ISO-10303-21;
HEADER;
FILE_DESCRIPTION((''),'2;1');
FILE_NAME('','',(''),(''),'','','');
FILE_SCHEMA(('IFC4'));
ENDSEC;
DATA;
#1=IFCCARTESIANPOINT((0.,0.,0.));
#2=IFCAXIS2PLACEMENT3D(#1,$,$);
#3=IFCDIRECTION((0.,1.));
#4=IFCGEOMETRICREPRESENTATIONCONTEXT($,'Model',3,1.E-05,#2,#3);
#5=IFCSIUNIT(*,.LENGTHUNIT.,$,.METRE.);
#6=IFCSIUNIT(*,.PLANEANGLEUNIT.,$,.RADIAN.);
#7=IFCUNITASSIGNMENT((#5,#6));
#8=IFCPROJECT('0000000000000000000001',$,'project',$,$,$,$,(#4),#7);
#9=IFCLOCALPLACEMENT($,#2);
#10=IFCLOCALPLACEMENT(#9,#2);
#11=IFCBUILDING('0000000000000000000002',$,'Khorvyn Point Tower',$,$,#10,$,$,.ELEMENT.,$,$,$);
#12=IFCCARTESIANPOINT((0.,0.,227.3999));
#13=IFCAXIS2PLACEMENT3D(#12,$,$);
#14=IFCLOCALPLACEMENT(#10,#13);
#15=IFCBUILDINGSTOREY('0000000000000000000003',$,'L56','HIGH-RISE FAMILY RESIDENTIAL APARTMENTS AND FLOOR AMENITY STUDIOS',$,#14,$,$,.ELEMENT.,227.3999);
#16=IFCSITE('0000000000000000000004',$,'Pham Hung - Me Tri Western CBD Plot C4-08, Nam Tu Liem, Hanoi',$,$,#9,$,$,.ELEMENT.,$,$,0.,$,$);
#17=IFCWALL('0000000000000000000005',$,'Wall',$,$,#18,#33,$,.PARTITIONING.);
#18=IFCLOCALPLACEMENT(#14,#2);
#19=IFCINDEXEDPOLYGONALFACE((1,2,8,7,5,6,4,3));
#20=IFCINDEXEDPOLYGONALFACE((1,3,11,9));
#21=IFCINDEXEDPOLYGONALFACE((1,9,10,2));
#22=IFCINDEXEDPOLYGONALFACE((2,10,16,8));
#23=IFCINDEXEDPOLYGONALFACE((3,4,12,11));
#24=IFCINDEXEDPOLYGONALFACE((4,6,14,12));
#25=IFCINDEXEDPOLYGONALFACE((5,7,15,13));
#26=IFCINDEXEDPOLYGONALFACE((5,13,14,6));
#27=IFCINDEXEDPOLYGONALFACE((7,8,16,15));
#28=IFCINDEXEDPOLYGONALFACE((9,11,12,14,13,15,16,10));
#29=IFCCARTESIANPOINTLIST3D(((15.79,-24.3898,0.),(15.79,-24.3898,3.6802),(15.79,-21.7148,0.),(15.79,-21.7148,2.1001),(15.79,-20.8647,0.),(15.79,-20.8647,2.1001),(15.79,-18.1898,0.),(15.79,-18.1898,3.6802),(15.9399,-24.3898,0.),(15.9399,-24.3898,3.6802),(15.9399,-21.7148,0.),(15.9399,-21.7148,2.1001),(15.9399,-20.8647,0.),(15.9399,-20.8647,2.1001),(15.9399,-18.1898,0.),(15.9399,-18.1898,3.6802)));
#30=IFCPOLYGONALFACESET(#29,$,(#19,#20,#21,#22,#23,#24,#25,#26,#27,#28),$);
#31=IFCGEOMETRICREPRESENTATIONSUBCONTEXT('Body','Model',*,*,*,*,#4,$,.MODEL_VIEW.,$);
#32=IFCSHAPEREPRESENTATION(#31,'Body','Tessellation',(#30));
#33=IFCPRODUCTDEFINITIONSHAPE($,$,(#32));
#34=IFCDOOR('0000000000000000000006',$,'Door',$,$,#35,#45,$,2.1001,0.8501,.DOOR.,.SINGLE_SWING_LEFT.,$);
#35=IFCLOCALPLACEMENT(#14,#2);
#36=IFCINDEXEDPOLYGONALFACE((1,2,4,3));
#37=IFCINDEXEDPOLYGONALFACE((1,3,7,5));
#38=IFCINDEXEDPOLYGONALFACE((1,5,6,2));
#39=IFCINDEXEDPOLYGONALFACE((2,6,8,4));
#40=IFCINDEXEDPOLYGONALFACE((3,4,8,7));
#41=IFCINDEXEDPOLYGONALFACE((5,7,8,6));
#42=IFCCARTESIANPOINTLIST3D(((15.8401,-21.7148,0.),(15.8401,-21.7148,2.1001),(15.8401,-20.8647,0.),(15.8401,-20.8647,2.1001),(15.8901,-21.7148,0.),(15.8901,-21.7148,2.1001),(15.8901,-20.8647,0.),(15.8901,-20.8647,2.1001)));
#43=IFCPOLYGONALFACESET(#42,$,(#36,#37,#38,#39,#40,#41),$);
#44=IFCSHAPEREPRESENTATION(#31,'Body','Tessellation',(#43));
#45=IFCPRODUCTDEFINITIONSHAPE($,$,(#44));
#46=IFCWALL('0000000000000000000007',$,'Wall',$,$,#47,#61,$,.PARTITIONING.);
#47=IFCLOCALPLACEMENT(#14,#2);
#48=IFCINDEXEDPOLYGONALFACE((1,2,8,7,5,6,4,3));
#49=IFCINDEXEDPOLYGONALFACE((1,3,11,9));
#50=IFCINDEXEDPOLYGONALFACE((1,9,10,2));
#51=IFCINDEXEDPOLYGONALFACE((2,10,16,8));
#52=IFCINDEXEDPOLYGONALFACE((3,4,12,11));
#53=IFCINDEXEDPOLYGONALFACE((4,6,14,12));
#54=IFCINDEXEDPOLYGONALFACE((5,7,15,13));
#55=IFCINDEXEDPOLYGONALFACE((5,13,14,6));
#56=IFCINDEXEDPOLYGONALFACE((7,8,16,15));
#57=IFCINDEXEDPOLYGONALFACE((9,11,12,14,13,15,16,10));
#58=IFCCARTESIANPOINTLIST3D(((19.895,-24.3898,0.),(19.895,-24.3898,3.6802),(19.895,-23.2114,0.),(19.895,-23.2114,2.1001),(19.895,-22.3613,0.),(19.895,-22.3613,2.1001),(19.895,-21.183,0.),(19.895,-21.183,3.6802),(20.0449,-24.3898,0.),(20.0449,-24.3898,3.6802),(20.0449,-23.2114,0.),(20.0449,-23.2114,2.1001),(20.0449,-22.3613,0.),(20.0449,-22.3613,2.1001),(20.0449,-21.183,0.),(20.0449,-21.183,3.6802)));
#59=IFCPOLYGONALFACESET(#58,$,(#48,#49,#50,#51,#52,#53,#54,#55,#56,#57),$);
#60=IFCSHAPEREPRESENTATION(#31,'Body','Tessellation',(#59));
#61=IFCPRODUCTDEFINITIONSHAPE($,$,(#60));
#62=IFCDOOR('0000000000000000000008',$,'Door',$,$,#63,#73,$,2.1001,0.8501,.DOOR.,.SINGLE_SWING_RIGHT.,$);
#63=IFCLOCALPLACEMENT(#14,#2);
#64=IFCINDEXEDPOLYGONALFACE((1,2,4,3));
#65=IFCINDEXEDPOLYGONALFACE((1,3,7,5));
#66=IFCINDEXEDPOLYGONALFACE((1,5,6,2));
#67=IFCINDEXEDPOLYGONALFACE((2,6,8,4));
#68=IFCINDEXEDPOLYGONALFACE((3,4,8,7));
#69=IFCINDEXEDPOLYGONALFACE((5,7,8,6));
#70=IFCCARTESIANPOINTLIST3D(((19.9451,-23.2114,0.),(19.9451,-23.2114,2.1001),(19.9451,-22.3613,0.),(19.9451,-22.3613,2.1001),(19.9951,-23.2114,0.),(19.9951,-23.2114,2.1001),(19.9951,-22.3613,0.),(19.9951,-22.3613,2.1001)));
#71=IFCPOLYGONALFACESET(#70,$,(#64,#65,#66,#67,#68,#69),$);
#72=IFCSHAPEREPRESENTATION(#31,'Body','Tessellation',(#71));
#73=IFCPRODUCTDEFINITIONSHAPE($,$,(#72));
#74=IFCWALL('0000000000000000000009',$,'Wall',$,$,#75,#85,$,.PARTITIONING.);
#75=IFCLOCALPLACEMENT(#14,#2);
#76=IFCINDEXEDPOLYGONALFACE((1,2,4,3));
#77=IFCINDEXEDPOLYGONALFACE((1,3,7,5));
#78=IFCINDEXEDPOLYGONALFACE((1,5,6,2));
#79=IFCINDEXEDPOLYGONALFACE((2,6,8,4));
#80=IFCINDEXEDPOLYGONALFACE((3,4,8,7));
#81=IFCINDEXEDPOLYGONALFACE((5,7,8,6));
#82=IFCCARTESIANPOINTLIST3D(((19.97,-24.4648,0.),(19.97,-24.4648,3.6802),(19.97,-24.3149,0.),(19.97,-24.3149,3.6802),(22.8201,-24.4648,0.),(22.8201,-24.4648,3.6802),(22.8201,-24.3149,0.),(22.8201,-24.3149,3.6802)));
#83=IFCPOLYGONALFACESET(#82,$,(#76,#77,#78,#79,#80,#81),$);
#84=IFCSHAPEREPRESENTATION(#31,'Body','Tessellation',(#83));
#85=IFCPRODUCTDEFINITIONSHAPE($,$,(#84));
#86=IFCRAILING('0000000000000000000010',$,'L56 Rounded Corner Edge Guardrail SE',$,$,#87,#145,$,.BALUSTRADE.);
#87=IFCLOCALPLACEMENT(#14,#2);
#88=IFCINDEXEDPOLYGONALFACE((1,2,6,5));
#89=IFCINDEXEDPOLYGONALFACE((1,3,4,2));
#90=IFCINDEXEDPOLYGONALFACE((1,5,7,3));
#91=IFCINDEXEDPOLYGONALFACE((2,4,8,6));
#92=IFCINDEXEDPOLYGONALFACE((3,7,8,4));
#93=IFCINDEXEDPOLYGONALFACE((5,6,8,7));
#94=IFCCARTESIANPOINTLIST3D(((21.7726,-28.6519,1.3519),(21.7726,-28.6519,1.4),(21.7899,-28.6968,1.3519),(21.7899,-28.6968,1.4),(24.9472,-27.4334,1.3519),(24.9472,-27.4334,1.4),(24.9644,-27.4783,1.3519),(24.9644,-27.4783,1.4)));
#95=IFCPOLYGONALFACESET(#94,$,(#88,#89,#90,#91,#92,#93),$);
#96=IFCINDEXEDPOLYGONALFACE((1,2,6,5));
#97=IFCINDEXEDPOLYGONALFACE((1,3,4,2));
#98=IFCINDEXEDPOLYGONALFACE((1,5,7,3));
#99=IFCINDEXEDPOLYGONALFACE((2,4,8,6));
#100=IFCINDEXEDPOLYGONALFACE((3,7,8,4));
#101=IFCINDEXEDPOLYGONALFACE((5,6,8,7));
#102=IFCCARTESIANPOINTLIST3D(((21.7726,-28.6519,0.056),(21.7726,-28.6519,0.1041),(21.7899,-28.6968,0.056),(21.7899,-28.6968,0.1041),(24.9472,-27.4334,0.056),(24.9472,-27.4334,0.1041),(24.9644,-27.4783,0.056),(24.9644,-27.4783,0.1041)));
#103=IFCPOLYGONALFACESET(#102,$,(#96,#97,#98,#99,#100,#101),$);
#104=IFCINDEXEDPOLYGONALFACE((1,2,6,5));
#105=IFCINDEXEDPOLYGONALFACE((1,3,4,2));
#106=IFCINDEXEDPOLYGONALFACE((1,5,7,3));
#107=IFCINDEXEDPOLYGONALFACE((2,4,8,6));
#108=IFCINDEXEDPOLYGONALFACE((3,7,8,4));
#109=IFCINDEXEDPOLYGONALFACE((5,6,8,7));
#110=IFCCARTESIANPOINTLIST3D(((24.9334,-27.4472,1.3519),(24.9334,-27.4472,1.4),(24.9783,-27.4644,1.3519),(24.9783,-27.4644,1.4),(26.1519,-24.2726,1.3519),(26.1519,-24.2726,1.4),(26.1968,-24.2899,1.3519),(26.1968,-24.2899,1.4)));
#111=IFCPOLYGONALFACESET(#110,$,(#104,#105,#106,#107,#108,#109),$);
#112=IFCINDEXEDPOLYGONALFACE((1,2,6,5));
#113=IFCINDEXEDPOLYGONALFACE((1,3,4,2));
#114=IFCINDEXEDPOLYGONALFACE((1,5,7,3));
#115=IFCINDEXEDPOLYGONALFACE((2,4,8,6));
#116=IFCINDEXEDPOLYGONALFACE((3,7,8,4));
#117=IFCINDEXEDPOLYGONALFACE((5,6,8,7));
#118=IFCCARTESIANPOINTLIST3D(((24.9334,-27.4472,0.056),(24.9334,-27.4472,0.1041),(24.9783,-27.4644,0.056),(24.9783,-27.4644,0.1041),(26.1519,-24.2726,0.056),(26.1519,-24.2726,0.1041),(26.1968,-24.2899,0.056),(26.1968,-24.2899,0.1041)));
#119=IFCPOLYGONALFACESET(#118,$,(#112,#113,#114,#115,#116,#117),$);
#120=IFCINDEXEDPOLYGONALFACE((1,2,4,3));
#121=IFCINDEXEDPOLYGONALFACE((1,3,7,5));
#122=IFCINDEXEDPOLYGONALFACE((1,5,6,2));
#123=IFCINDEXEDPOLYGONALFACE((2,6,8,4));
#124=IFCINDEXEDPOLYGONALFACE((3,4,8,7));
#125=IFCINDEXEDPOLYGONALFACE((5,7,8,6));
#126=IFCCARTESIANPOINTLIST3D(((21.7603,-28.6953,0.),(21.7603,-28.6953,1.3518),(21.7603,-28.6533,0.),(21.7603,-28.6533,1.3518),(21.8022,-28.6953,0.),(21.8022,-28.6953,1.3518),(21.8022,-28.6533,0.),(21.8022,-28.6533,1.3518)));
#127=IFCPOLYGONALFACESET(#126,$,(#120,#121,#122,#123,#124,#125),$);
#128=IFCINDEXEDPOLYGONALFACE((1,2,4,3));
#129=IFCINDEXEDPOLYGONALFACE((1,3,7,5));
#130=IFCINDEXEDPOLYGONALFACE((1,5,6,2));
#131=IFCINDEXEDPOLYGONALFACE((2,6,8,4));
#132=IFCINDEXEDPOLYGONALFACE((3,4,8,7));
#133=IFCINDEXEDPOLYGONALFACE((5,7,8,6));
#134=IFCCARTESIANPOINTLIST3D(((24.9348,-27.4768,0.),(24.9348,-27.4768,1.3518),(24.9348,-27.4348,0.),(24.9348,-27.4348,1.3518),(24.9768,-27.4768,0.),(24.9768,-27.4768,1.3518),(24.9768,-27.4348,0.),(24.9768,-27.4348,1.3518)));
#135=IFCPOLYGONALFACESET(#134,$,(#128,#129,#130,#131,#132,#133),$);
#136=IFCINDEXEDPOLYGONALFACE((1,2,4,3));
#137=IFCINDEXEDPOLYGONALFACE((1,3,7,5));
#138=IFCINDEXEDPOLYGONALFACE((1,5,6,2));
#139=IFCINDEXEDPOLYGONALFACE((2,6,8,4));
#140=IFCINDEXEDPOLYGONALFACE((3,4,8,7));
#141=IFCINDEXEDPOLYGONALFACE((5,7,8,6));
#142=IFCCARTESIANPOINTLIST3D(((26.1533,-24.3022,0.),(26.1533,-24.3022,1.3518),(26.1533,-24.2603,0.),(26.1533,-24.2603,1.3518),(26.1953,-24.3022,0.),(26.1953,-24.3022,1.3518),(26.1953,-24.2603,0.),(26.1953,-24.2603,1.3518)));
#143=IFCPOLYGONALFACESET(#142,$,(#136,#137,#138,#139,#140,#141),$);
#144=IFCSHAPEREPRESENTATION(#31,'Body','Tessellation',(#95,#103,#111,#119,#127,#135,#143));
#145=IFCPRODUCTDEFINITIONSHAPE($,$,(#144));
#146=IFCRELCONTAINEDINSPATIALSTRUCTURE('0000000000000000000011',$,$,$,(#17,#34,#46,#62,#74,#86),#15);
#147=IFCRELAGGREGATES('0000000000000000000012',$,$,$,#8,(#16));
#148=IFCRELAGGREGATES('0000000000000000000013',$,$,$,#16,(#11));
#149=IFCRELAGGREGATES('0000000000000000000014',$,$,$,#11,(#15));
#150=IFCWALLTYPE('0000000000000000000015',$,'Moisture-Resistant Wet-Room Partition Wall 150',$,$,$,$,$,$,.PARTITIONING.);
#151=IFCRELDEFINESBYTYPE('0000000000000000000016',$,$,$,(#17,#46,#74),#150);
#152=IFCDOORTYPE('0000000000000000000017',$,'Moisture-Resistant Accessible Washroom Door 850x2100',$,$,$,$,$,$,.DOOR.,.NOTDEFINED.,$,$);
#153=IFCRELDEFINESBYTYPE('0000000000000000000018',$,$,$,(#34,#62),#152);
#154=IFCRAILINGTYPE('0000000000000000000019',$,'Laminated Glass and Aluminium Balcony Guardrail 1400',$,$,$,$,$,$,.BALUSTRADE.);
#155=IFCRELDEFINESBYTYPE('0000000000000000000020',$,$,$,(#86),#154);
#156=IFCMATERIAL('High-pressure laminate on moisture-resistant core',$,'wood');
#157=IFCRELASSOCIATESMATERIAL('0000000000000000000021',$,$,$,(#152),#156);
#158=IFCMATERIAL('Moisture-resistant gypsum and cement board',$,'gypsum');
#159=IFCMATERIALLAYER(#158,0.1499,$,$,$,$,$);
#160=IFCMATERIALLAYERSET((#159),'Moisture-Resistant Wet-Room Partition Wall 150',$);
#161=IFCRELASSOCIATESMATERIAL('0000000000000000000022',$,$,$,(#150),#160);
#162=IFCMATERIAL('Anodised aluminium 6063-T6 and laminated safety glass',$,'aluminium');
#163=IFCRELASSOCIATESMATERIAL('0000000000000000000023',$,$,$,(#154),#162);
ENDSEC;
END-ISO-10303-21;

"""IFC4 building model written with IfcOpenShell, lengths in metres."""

from ifc_helpers import new_model, si_unit, direction, frame, frame_2d, origin, origin_2d, place, context, subcontext, project, spatial, rectangle, extrude, material, layer, layer_set, type_object, element, fill, save


model = new_model("IFC4")

# Units and contexts
model_context = context("Model", 3, precision=1e-05, world=origin(), true_north=direction((0.0, 1.0)))
body_context = subcontext(model_context, "Body", "Model", "MODEL_VIEW")
ifc_project = project(units=[si_unit("LENGTHUNIT", "METRE"), si_unit("PLANEANGLEUNIT", "RADIAN")], contexts=[model_context])

# Site, building, storey
site_placement = place(None, origin())
site = spatial("IfcSite", under=ifc_project, at=site_placement, Name="Pham Hung - Me Tri Western CBD Plot C4-08, Nam Tu Liem, Hanoi", CompositionType="ELEMENT", RefElevation=0.0)
building_placement = place(site_placement, origin())
building = spatial("IfcBuilding", under=site, at=building_placement, Name="Khorvyn Point Tower", CompositionType="ELEMENT")
storey_placement = place(building_placement, frame((0.0, 0.0, 227.3999)))
storey = spatial("IfcBuildingStorey", under=building, at=storey_placement, Name="L56", Description="HIGH-RISE FAMILY RESIDENTIAL APARTMENTS AND FLOOR AMENITY STUDIOS", CompositionType="ELEMENT", Elevation=227.3999)

# Walls, openings, doors
ifc_material_1 = material(Name="High-pressure laminate on moisture-resistant core", Category="wood")
door_type_1 = type_object("IfcDoorType", Name="Moisture-Resistant Accessible Washroom Door 850x2100", OperationType="NOTDEFINED", PredefinedType="DOOR", material=ifc_material_1)
ifc_material_2 = material(Name="Moisture-resistant gypsum and cement board", Category="gypsum")
ifc_layer_1 = layer(ifc_material_2, 0.1499)
ifc_layer_set_1 = layer_set([ifc_layer_1], Name="Moisture-Resistant Wet-Room Partition Wall 150")
wall_type_1 = type_object("IfcWallType", Name="Moisture-Resistant Wet-Room Partition Wall 150", PredefinedType="PARTITIONING", material=ifc_layer_set_1)
wall_1_placement = place(storey_placement, frame((15.865, -24.3899, 0.0), z_axis=(0.0, 0.0, 1.0), x_axis=(0.0, 1.0, 0.0)))
wall_1 = element("IfcWall", 1, at=wall_1_placement, inside=storey, type_object=wall_type_1, Name="Wall", PredefinedType="PARTITIONING", context=body_context, shape_type="SweptSolid", body=[
    extrude(rectangle(XDim=6.2, YDim=0.1499, at=frame_2d((3.1001, 0.0))), origin(), (0.0, 0.0, 1.0), 3.6802),
])
opening_1_placement = place(wall_1_placement, frame((2.675, 0.0, 0.0)))
opening_1 = element("IfcOpeningElement", 2, at=opening_1_placement, cuts=wall_1, PredefinedType="OPENING", context=body_context, shape_type="SweptSolid", body=[
    extrude(rectangle(XDim=0.8501, YDim=2.1001, at=frame_2d((0.425, 1.05))), frame((0.0, 0.085, 0.0), z_axis=(0.0, -1.0, 0.0), x_axis=(1.0, 0.0, 0.0)), (0.0, 0.0, 1.0), 0.1699),
])
door_1_placement = place(opening_1_placement, origin())
door_1 = element("IfcDoor", 3, at=door_1_placement, inside=storey, type_object=door_type_1, Name="Door", OperationType="SINGLE_SWING_LEFT", OverallHeight=2.1001, OverallWidth=0.8501, PredefinedType="DOOR", context=body_context, shape_type="SweptSolid", body=[
    extrude(rectangle(XDim=0.8501, YDim=2.1001, at=frame_2d((0.425, 1.05))), frame((0.0, 0.0249, 0.0), z_axis=(0.0, -1.0, 0.0), x_axis=(1.0, 0.0, 0.0)), (0.0, 0.0, 1.0), 0.05),
])
fill(opening_1, door_1)
wall_2_placement = place(storey_placement, frame((19.97, -24.3899, 0.0), z_axis=(0.0, 0.0, 1.0), x_axis=(0.0, 1.0, 0.0)))
wall_2 = element("IfcWall", 4, at=wall_2_placement, inside=storey, type_object=wall_type_1, Name="Wall", PredefinedType="PARTITIONING", context=body_context, shape_type="SweptSolid", body=[
    extrude(rectangle(XDim=3.2068, YDim=0.1499, at=frame_2d((1.6035, 0.0))), origin(), (0.0, 0.0, 1.0), 3.6802),
])
opening_2_placement = place(wall_2_placement, frame((1.1785, 0.0, 0.0)))
opening_2 = element("IfcOpeningElement", 5, at=opening_2_placement, cuts=wall_2, PredefinedType="OPENING", context=body_context, shape_type="SweptSolid", body=[
    extrude(rectangle(XDim=0.8501, YDim=2.1001, at=frame_2d((0.425, 1.05))), frame((0.0, 0.085, 0.0), z_axis=(0.0, -1.0, 0.0), x_axis=(1.0, 0.0, 0.0)), (0.0, 0.0, 1.0), 0.1699),
])
door_2_placement = place(opening_2_placement, origin())
door_2 = element("IfcDoor", 6, at=door_2_placement, inside=storey, type_object=door_type_1, Name="Door", OperationType="SINGLE_SWING_RIGHT", OverallHeight=2.1001, OverallWidth=0.8501, PredefinedType="DOOR", context=body_context, shape_type="SweptSolid", body=[
    extrude(rectangle(XDim=0.8501, YDim=2.1001, at=frame_2d((0.425, 1.05))), frame((0.0, 0.0249, 0.0), z_axis=(0.0, -1.0, 0.0), x_axis=(1.0, 0.0, 0.0)), (0.0, 0.0, 1.0), 0.05),
])
fill(opening_2, door_2)

# Wall
wall_3_placement = place(storey_placement, frame((19.97, -24.3899, 0.0), z_axis=(0.0, 0.0, 1.0), x_axis=(1.0, 0.0, 0.0)))
element("IfcWall", 7, at=wall_3_placement, inside=storey, type_object=wall_type_1, Name="Wall", PredefinedType="PARTITIONING", context=body_context, shape_type="SweptSolid", body=[
    extrude(rectangle(XDim=2.8501, YDim=0.1499, at=frame_2d((1.425, 0.0))), origin(), (0.0, 0.0, 1.0), 3.6802),
])

# Railing
ifc_material_3 = material(Name="Anodised aluminium 6063-T6 and laminated safety glass", Category="aluminium")
railing_type = type_object("IfcRailingType", Name="Laminated Glass and Aluminium Balcony Guardrail 1400", PredefinedType="BALUSTRADE", material=ifc_material_3)
railing_1_placement = place(storey_placement, frame((21.7812, -28.6743, 0.0)))
element("IfcRailing", 8, at=railing_1_placement, inside=storey, type_object=railing_type, Name="L56 Rounded Corner Edge Guardrail SE", PredefinedType="BALUSTRADE", context=body_context, shape_type="SweptSolid", body=[
    extrude(rectangle(XDim=0.0481, YDim=0.0481, at=origin_2d()), frame((0.0, 0.0, 1.376), z_axis=(0.93359, 0.358344, 0.0), x_axis=(-0.358344, 0.93359, 0.0)), (0.0, 0.0, 1.0), 3.4004),
    extrude(rectangle(XDim=0.0481, YDim=0.0481, at=origin_2d()), frame((0.0, 0.0, 0.0801), z_axis=(0.93359, 0.358344, 0.0), x_axis=(-0.358344, 0.93359, 0.0)), (0.0, 0.0, 1.0), 3.4004),
    extrude(rectangle(XDim=0.0481, YDim=0.0481, at=origin_2d()), frame((3.1746, 1.2185, 1.376), z_axis=(0.358344, 0.93359, 0.0), x_axis=(-0.93359, 0.358344, 0.0)), (0.0, 0.0, 1.0), 3.4004),
    extrude(rectangle(XDim=0.0481, YDim=0.0481, at=origin_2d()), frame((3.1746, 1.2185, 0.0801), z_axis=(0.358344, 0.93359, 0.0), x_axis=(-0.93359, 0.358344, 0.0)), (0.0, 0.0, 1.0), 3.4004),
    extrude(rectangle(XDim=0.042, YDim=0.042, at=origin_2d()), origin(), (0.0, 0.0, 1.0), 1.3518),
    extrude(rectangle(XDim=0.042, YDim=0.042, at=origin_2d()), frame((3.1746, 1.2185, 0.0)), (0.0, 0.0, 1.0), 1.3518),
    extrude(rectangle(XDim=0.042, YDim=0.042, at=origin_2d()), frame((4.3931, 4.3931, 0.0)), (0.0, 0.0, 1.0), 1.3518),
])

save(model, "model.ifc")
